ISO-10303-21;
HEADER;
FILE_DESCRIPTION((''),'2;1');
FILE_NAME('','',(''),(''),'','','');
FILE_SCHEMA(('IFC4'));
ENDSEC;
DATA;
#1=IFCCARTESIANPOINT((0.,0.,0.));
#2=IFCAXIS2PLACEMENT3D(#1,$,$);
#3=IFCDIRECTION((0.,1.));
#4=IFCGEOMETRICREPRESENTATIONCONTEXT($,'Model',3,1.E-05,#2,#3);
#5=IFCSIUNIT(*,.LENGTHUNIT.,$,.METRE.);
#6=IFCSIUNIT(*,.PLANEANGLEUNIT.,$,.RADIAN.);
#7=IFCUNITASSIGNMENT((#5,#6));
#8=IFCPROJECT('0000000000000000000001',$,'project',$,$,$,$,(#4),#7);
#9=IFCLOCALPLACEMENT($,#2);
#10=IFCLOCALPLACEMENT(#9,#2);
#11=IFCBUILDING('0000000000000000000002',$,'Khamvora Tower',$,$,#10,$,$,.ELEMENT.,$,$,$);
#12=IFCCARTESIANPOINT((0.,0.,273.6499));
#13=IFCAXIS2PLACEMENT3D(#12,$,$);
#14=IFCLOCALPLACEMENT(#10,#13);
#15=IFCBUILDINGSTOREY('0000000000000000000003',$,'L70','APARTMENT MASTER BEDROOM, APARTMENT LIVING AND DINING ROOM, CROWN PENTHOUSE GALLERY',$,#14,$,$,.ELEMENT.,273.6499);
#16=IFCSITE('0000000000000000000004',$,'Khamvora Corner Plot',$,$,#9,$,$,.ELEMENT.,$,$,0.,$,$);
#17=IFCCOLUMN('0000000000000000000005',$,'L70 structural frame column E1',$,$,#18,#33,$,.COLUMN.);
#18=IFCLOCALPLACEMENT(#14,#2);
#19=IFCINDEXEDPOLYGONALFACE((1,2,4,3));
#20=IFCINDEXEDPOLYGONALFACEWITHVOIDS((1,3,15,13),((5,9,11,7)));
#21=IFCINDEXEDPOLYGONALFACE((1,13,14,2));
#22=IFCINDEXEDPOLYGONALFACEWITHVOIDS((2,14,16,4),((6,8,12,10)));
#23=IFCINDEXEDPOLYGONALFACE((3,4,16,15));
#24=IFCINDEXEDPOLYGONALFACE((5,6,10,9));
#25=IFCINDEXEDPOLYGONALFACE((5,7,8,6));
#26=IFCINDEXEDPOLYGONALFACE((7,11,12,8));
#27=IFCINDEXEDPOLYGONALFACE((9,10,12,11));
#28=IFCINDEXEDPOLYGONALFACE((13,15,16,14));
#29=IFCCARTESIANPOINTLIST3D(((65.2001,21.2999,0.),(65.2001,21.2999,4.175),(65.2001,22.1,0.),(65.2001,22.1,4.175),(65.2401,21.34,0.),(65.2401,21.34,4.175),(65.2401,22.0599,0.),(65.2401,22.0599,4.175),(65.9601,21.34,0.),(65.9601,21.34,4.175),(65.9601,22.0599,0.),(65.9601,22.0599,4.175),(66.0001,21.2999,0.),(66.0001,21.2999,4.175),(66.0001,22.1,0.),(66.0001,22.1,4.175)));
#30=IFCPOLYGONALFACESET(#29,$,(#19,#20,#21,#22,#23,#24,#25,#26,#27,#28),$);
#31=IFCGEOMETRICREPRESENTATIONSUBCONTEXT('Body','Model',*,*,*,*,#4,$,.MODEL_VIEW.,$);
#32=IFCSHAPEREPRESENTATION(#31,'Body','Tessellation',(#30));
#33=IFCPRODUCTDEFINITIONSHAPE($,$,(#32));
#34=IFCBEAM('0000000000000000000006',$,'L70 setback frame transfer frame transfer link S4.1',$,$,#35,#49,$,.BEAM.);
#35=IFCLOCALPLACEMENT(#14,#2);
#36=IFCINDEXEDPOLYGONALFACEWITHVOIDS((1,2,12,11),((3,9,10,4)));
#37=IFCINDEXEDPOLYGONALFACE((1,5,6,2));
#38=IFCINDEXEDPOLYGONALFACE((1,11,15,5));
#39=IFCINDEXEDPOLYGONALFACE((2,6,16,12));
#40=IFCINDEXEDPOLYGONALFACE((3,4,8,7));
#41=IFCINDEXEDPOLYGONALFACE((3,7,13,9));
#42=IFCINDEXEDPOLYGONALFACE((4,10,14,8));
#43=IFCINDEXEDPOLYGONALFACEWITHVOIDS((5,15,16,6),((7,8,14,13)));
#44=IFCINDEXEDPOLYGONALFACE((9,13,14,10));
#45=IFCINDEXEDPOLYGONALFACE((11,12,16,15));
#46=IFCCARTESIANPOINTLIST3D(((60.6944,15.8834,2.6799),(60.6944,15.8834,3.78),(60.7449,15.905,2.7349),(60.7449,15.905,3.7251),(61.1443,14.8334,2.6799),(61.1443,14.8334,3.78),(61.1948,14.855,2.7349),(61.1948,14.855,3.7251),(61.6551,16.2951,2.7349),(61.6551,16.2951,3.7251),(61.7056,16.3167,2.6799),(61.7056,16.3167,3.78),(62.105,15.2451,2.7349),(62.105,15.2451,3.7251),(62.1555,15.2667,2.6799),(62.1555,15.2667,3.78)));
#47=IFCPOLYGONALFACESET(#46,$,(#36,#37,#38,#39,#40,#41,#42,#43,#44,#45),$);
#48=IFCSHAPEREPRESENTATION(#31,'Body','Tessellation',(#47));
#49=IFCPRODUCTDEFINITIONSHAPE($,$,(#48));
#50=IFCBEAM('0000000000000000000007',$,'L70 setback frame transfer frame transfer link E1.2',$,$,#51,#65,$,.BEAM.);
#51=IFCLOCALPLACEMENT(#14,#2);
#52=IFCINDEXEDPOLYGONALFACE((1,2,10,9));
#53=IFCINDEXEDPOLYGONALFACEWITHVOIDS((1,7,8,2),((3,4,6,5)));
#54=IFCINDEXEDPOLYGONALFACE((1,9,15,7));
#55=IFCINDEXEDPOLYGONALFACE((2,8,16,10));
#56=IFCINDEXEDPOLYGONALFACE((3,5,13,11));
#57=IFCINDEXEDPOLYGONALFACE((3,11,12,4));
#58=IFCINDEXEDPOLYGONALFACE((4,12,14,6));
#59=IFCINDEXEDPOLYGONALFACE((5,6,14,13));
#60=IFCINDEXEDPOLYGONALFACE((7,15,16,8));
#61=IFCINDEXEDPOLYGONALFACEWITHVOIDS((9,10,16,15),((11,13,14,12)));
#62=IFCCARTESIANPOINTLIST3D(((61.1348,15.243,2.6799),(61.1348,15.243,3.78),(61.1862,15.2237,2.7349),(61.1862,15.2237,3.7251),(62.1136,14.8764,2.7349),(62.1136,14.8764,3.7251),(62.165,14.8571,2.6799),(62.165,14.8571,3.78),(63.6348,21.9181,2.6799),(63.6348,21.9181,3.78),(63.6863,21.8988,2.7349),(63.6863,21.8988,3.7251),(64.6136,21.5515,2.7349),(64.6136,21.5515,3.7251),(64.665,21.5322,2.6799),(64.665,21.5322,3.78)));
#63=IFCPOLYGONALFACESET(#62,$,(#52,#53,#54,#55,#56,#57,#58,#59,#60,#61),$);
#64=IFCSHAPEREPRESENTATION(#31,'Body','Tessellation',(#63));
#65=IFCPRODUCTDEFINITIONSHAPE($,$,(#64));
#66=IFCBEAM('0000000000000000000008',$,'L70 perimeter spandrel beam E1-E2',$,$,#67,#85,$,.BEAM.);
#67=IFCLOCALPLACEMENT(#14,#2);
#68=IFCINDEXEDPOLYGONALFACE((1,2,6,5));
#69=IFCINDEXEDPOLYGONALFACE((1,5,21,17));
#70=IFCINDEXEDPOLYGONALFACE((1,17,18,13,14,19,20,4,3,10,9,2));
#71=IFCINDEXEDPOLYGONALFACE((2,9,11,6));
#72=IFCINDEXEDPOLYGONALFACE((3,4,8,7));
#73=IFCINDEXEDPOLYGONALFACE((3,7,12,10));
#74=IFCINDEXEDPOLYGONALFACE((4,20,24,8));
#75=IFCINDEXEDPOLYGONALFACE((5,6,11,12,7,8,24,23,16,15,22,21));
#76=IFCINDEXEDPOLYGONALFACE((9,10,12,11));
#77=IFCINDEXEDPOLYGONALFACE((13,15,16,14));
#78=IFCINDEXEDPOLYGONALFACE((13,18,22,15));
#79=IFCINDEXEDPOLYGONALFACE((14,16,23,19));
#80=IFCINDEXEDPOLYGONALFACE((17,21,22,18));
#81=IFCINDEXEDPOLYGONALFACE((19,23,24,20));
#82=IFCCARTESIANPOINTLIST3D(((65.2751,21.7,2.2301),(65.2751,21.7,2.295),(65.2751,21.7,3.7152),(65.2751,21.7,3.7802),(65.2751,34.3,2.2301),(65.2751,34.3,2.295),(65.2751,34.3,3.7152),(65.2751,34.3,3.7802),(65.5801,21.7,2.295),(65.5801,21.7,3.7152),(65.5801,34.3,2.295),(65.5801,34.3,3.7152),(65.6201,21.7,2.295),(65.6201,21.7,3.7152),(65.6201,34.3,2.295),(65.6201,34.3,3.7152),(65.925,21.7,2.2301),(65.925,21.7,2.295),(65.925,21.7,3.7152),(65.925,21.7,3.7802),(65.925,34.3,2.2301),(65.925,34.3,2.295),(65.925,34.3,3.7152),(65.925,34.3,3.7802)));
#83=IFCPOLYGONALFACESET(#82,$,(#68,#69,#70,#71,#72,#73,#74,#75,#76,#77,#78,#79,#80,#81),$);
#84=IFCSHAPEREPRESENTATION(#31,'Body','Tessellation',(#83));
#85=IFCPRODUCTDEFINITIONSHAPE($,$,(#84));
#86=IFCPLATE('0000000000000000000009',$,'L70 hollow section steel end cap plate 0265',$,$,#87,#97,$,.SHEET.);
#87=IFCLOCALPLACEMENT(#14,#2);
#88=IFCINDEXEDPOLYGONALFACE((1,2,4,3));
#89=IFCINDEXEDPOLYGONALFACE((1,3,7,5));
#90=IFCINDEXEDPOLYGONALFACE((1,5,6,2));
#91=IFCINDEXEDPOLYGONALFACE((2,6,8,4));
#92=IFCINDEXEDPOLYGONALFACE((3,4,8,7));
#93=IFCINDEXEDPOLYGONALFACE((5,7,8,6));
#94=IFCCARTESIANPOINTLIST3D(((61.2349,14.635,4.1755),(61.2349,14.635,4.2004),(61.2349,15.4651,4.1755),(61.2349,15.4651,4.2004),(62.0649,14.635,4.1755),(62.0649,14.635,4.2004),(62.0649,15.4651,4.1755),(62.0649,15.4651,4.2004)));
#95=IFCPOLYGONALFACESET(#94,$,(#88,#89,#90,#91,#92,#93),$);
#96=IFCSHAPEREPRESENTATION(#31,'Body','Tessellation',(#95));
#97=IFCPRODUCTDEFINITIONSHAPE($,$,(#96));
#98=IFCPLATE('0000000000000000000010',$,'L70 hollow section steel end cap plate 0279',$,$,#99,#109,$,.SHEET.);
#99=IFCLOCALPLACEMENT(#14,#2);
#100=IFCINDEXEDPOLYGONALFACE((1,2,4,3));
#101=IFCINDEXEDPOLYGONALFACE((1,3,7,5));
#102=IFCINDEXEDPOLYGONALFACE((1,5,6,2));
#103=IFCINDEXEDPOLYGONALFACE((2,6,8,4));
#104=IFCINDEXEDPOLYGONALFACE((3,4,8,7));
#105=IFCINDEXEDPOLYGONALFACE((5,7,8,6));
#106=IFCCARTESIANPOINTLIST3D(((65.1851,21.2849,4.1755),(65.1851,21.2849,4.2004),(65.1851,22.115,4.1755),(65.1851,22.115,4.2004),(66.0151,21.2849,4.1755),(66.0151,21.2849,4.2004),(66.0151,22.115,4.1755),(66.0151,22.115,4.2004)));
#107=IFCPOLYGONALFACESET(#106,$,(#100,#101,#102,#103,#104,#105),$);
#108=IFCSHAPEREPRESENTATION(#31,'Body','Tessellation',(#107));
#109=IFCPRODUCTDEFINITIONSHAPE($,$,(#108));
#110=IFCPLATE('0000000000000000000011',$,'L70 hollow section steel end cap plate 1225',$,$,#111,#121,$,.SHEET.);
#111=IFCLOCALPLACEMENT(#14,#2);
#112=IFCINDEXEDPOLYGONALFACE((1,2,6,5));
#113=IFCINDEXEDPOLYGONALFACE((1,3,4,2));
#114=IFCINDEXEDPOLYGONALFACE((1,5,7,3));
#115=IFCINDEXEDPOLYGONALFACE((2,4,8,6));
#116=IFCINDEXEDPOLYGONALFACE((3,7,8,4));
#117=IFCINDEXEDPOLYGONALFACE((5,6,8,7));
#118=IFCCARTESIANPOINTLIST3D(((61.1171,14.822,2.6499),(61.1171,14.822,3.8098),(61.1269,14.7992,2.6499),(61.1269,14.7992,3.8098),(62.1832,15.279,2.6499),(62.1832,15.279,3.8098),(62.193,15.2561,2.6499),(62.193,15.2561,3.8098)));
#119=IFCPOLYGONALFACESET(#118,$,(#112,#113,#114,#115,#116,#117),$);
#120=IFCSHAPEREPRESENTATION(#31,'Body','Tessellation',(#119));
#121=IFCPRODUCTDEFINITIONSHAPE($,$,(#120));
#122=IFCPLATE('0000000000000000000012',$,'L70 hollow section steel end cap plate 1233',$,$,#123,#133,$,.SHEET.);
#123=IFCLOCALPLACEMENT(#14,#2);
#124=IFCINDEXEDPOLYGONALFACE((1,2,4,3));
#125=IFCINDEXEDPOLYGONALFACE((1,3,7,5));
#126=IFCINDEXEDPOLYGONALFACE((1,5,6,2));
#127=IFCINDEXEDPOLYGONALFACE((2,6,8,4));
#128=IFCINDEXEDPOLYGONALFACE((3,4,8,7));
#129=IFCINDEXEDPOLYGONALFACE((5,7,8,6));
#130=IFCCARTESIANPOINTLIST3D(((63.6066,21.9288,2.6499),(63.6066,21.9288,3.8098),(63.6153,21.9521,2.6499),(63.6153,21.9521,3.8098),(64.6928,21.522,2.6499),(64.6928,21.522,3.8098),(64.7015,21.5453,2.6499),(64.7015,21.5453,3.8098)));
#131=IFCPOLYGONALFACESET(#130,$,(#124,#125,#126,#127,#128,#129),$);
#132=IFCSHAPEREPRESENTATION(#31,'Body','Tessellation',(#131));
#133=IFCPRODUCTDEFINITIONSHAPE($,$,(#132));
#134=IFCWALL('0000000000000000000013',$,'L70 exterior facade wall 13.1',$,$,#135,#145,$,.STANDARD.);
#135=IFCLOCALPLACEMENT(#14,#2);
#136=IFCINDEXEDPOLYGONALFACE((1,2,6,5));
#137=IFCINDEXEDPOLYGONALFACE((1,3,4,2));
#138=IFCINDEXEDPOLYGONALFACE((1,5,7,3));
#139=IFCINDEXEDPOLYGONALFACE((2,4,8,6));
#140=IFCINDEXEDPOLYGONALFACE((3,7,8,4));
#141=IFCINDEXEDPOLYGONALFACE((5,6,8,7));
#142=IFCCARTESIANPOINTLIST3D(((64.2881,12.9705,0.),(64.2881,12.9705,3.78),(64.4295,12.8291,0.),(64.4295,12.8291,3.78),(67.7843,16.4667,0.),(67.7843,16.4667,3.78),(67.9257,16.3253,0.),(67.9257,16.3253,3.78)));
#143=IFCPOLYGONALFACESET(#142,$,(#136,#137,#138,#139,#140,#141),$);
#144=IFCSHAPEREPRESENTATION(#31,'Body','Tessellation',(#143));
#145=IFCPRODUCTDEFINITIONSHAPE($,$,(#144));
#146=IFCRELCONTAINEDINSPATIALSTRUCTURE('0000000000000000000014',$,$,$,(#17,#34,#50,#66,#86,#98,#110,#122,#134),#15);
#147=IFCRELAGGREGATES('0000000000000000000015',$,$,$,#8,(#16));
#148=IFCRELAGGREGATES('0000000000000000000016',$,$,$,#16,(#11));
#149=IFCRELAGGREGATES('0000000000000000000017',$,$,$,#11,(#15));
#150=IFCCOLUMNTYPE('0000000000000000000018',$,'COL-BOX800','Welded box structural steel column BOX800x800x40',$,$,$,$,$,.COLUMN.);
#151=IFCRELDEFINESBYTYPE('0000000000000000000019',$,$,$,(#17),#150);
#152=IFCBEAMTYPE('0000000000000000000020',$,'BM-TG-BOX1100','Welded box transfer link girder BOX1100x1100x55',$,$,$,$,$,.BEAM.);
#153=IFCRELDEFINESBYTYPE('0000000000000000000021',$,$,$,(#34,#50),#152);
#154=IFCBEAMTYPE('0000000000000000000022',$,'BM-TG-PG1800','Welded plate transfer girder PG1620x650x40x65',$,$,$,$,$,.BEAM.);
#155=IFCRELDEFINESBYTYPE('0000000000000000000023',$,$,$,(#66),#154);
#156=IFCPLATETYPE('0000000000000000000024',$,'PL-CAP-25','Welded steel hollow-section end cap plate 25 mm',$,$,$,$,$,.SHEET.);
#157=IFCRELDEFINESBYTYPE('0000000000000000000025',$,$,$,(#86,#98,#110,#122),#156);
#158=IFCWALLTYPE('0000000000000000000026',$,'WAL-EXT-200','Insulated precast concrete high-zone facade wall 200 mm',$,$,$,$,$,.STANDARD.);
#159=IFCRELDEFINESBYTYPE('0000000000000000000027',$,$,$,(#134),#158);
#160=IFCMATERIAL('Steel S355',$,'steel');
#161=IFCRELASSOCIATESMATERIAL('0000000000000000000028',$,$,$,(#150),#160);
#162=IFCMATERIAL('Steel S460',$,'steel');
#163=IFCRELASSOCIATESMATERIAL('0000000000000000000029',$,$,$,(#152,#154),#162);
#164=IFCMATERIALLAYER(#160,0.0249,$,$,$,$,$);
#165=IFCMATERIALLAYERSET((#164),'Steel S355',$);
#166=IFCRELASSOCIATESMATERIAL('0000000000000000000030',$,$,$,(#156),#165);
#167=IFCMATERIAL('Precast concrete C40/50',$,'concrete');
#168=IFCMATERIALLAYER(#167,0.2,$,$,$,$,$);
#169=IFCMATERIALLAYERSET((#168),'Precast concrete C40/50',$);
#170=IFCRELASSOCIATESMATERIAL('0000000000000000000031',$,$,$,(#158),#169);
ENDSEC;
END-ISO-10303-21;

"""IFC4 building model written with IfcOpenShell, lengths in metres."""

from ifc_helpers import new_model, si_unit, direction, frame, frame_2d, origin, origin_2d, place, context, subcontext, project, spatial, rectangle, hollow_rectangle, i_section, extrude, material, layer, layer_set, material_profile, profile_set, type_object, element, save


model = new_model("IFC4")

# Units and contexts
model_context = context("Model", 3, precision=1e-05, world=origin(), true_north=direction((0.0, 1.0)))
body_context = subcontext(model_context, "Body", "Model", "MODEL_VIEW")
ifc_project = project(units=[si_unit("LENGTHUNIT", "METRE"), si_unit("PLANEANGLEUNIT", "RADIAN")], contexts=[model_context])

# Site, building, storey
site_placement = place(None, origin())
site = spatial("IfcSite", under=ifc_project, at=site_placement, Name="Khamvora Corner Plot", CompositionType="ELEMENT", RefElevation=0.0)
building_placement = place(site_placement, origin())
building = spatial("IfcBuilding", under=site, at=building_placement, Name="Khamvora Tower", CompositionType="ELEMENT")
storey_placement = place(building_placement, frame((0.0, 0.0, 273.6499)))
storey = spatial("IfcBuildingStorey", under=building, at=storey_placement, Name="L70", Description="APARTMENT MASTER BEDROOM, APARTMENT LIVING AND DINING ROOM, CROWN PENTHOUSE GALLERY", CompositionType="ELEMENT", Elevation=273.6499)

# Column
ifc_material_1 = material(Name="Steel S355", Category="steel")
ifc_material_profile_1 = material_profile(ifc_material_1, hollow_rectangle(XDim=0.8, YDim=0.8, WallThickness=0.04, at=origin_2d()), Name="BOX800x800x40")
ifc_profile_set_1 = profile_set([ifc_material_profile_1], Name="Steel S355")
column_type = type_object("IfcColumnType", Name="COL-BOX800", Description="Welded box structural steel column BOX800x800x40", PredefinedType="COLUMN", material=ifc_profile_set_1)
column_placement = place(storey_placement, frame((65.6001, 21.7, 0.0), z_axis=(0.0, 0.0, 1.0), x_axis=(1.0, 0.0, 0.0)))
element("IfcColumn", 1, at=column_placement, inside=storey, type_object=column_type, Name="L70 structural frame column E1", PredefinedType="COLUMN", context=body_context, shape_type="SweptSolid", body=[
    extrude(hollow_rectangle(XDim=0.8, YDim=0.8, WallThickness=0.04, at=origin_2d()), origin(), (0.0, 0.0, 1.0), 4.175),
])

# Beams
ifc_material_2 = material(Name="Steel S460", Category="steel")
ifc_material_profile_2 = material_profile(ifc_material_2, hollow_rectangle(XDim=1.1001, YDim=1.1001, WallThickness=0.0549, at=origin_2d()), Name="BOX1100x1100x55")
ifc_profile_set_2 = profile_set([ifc_material_profile_2], Name="Steel S460")
beam_type_1 = type_object("IfcBeamType", Name="BM-TG-BOX1100", Description="Welded box transfer link girder BOX1100x1100x55", PredefinedType="BEAM", material=ifc_profile_set_2)
beam_1_placement = place(storey_placement, frame((61.6499, 15.05, 3.23), z_axis=(-0.393868, 0.919167, 0.0), x_axis=(-0.919167, -0.393868, 0.0)))
element("IfcBeam", 2, at=beam_1_placement, inside=storey, type_object=beam_type_1, Name="L70 setback frame transfer frame transfer link S4.1", PredefinedType="BEAM", context=body_context, shape_type="SweptSolid", body=[
    extrude(hollow_rectangle(XDim=1.1001, YDim=1.1001, WallThickness=0.0549, at=origin_2d()), origin(), (0.0, 0.0, 1.0), 1.1423),
])
beam_2_placement = place(storey_placement, frame((61.6499, 15.05, 3.23), z_axis=(0.350737, 0.936474, 0.0), x_axis=(-0.936474, 0.350737, 0.0)))
element("IfcBeam", 3, at=beam_2_placement, inside=storey, type_object=beam_type_1, Name="L70 setback frame transfer frame transfer link E1.2", PredefinedType="BEAM", context=body_context, shape_type="SweptSolid", body=[
    extrude(hollow_rectangle(XDim=1.1001, YDim=1.1001, WallThickness=0.0549, at=origin_2d()), origin(), (0.0, 0.0, 1.0), 7.1279),
])
ifc_material_profile_3 = material_profile(ifc_material_2, i_section(OverallWidth=0.6499, OverallDepth=1.55, WebThickness=0.04, FlangeThickness=0.0649, at=origin_2d()), Name="PG1550x650x40x65")
ifc_profile_set_3 = profile_set([ifc_material_profile_3], Name="Steel S460")
beam_type_2 = type_object("IfcBeamType", Name="BM-TG-PG1800", Description="Welded plate transfer girder PG1620x650x40x65", PredefinedType="BEAM", material=ifc_profile_set_3)
beam_3_placement = place(storey_placement, frame((65.6001, 21.7, 3.0051), z_axis=(0.0, 1.0, 0.0), x_axis=(-1.0, 0.0, 0.0)))
element("IfcBeam", 4, at=beam_3_placement, inside=storey, type_object=beam_type_2, Name="L70 perimeter spandrel beam E1-E2", PredefinedType="BEAM", context=body_context, shape_type="SweptSolid", body=[
    extrude(i_section(OverallWidth=0.6499, OverallDepth=1.55, WebThickness=0.04, FlangeThickness=0.0649, at=origin_2d()), origin(), (0.0, 0.0, 1.0), 12.6001),
])

# Plates
ifc_layer_1 = layer(ifc_material_1, 0.0249)
ifc_layer_set_1 = layer_set([ifc_layer_1], Name="Steel S355")
plate_type = type_object("IfcPlateType", Name="PL-CAP-25", Description="Welded steel hollow-section end cap plate 25 mm", PredefinedType="SHEET", material=ifc_layer_set_1)
for number, where, z_axis, x_axis, name in (
    (5, (61.6499, 15.05, 4.1755), (0.0, 0.0, 1.0), (1.0, 0.0, 0.0), "L70 hollow section steel end cap plate 0265"),
    (6, (65.6001, 21.7, 4.1755), (0.0, 0.0, 1.0), (1.0, 0.0, 0.0), "L70 hollow section steel end cap plate 0279"),
):
    element("IfcPlate", number, at=place(storey_placement, frame(where, z_axis=z_axis, x_axis=x_axis)), inside=storey, type_object=plate_type, Name=name, PredefinedType="SHEET", context=body_context, shape_type="SweptSolid", body=[
        extrude(rectangle(XDim=0.8301, YDim=0.8301, at=origin_2d()), origin(), (0.0, 0.0, 1.0), 0.0249),
    ])
for number, where, z_axis, x_axis, name in (
    (7, (61.655, 15.0391, 2.6499), (0.0, 0.0, 1.0), (-0.393926, 0.919142, 0.0), "L70 hollow section steel end cap plate 1225"),
    (8, (64.1541, 21.7371, 2.6499), (0.0, 0.0, 1.0), (0.350747, 0.93647, 0.0), "L70 hollow section steel end cap plate 1233"),
):
    element("IfcPlate", number, at=place(storey_placement, frame(where, z_axis=z_axis, x_axis=x_axis)), inside=storey, type_object=plate_type, Name=name, PredefinedType="SHEET", context=body_context, shape_type="SweptSolid", body=[
        extrude(rectangle(XDim=0.0249, YDim=1.1599, at=origin_2d()), origin(), (0.0, 0.0, 1.0), 1.1599),
    ])

# Wall
ifc_material_3 = material(Name="Precast concrete C40/50", Category="concrete")
ifc_layer_2 = layer(ifc_material_3, 0.2)
ifc_layer_set_2 = layer_set([ifc_layer_2], Name="Precast concrete C40/50")
wall_type_1 = type_object("IfcWallType", Name="WAL-EXT-200", Description="Insulated precast concrete high-zone facade wall 200 mm", PredefinedType="STANDARD", material=ifc_layer_set_2)
wall_1_placement = place(storey_placement, frame((67.855, 16.396, 0.0), z_axis=(0.0, 0.0, 1.0), x_axis=(-0.707107, -0.707107, 0.0)))
element("IfcWall", 9, at=wall_1_placement, inside=storey, type_object=wall_type_1, Name="L70 exterior facade wall 13.1", PredefinedType="STANDARD", context=body_context, shape_type="SweptSolid", body=[
    extrude(rectangle(XDim=4.9443, YDim=0.2, at=frame_2d((2.4722, 0.0))), origin(), (0.0, 0.0, 1.0), 3.78),
])

save(model, "model.ifc")
